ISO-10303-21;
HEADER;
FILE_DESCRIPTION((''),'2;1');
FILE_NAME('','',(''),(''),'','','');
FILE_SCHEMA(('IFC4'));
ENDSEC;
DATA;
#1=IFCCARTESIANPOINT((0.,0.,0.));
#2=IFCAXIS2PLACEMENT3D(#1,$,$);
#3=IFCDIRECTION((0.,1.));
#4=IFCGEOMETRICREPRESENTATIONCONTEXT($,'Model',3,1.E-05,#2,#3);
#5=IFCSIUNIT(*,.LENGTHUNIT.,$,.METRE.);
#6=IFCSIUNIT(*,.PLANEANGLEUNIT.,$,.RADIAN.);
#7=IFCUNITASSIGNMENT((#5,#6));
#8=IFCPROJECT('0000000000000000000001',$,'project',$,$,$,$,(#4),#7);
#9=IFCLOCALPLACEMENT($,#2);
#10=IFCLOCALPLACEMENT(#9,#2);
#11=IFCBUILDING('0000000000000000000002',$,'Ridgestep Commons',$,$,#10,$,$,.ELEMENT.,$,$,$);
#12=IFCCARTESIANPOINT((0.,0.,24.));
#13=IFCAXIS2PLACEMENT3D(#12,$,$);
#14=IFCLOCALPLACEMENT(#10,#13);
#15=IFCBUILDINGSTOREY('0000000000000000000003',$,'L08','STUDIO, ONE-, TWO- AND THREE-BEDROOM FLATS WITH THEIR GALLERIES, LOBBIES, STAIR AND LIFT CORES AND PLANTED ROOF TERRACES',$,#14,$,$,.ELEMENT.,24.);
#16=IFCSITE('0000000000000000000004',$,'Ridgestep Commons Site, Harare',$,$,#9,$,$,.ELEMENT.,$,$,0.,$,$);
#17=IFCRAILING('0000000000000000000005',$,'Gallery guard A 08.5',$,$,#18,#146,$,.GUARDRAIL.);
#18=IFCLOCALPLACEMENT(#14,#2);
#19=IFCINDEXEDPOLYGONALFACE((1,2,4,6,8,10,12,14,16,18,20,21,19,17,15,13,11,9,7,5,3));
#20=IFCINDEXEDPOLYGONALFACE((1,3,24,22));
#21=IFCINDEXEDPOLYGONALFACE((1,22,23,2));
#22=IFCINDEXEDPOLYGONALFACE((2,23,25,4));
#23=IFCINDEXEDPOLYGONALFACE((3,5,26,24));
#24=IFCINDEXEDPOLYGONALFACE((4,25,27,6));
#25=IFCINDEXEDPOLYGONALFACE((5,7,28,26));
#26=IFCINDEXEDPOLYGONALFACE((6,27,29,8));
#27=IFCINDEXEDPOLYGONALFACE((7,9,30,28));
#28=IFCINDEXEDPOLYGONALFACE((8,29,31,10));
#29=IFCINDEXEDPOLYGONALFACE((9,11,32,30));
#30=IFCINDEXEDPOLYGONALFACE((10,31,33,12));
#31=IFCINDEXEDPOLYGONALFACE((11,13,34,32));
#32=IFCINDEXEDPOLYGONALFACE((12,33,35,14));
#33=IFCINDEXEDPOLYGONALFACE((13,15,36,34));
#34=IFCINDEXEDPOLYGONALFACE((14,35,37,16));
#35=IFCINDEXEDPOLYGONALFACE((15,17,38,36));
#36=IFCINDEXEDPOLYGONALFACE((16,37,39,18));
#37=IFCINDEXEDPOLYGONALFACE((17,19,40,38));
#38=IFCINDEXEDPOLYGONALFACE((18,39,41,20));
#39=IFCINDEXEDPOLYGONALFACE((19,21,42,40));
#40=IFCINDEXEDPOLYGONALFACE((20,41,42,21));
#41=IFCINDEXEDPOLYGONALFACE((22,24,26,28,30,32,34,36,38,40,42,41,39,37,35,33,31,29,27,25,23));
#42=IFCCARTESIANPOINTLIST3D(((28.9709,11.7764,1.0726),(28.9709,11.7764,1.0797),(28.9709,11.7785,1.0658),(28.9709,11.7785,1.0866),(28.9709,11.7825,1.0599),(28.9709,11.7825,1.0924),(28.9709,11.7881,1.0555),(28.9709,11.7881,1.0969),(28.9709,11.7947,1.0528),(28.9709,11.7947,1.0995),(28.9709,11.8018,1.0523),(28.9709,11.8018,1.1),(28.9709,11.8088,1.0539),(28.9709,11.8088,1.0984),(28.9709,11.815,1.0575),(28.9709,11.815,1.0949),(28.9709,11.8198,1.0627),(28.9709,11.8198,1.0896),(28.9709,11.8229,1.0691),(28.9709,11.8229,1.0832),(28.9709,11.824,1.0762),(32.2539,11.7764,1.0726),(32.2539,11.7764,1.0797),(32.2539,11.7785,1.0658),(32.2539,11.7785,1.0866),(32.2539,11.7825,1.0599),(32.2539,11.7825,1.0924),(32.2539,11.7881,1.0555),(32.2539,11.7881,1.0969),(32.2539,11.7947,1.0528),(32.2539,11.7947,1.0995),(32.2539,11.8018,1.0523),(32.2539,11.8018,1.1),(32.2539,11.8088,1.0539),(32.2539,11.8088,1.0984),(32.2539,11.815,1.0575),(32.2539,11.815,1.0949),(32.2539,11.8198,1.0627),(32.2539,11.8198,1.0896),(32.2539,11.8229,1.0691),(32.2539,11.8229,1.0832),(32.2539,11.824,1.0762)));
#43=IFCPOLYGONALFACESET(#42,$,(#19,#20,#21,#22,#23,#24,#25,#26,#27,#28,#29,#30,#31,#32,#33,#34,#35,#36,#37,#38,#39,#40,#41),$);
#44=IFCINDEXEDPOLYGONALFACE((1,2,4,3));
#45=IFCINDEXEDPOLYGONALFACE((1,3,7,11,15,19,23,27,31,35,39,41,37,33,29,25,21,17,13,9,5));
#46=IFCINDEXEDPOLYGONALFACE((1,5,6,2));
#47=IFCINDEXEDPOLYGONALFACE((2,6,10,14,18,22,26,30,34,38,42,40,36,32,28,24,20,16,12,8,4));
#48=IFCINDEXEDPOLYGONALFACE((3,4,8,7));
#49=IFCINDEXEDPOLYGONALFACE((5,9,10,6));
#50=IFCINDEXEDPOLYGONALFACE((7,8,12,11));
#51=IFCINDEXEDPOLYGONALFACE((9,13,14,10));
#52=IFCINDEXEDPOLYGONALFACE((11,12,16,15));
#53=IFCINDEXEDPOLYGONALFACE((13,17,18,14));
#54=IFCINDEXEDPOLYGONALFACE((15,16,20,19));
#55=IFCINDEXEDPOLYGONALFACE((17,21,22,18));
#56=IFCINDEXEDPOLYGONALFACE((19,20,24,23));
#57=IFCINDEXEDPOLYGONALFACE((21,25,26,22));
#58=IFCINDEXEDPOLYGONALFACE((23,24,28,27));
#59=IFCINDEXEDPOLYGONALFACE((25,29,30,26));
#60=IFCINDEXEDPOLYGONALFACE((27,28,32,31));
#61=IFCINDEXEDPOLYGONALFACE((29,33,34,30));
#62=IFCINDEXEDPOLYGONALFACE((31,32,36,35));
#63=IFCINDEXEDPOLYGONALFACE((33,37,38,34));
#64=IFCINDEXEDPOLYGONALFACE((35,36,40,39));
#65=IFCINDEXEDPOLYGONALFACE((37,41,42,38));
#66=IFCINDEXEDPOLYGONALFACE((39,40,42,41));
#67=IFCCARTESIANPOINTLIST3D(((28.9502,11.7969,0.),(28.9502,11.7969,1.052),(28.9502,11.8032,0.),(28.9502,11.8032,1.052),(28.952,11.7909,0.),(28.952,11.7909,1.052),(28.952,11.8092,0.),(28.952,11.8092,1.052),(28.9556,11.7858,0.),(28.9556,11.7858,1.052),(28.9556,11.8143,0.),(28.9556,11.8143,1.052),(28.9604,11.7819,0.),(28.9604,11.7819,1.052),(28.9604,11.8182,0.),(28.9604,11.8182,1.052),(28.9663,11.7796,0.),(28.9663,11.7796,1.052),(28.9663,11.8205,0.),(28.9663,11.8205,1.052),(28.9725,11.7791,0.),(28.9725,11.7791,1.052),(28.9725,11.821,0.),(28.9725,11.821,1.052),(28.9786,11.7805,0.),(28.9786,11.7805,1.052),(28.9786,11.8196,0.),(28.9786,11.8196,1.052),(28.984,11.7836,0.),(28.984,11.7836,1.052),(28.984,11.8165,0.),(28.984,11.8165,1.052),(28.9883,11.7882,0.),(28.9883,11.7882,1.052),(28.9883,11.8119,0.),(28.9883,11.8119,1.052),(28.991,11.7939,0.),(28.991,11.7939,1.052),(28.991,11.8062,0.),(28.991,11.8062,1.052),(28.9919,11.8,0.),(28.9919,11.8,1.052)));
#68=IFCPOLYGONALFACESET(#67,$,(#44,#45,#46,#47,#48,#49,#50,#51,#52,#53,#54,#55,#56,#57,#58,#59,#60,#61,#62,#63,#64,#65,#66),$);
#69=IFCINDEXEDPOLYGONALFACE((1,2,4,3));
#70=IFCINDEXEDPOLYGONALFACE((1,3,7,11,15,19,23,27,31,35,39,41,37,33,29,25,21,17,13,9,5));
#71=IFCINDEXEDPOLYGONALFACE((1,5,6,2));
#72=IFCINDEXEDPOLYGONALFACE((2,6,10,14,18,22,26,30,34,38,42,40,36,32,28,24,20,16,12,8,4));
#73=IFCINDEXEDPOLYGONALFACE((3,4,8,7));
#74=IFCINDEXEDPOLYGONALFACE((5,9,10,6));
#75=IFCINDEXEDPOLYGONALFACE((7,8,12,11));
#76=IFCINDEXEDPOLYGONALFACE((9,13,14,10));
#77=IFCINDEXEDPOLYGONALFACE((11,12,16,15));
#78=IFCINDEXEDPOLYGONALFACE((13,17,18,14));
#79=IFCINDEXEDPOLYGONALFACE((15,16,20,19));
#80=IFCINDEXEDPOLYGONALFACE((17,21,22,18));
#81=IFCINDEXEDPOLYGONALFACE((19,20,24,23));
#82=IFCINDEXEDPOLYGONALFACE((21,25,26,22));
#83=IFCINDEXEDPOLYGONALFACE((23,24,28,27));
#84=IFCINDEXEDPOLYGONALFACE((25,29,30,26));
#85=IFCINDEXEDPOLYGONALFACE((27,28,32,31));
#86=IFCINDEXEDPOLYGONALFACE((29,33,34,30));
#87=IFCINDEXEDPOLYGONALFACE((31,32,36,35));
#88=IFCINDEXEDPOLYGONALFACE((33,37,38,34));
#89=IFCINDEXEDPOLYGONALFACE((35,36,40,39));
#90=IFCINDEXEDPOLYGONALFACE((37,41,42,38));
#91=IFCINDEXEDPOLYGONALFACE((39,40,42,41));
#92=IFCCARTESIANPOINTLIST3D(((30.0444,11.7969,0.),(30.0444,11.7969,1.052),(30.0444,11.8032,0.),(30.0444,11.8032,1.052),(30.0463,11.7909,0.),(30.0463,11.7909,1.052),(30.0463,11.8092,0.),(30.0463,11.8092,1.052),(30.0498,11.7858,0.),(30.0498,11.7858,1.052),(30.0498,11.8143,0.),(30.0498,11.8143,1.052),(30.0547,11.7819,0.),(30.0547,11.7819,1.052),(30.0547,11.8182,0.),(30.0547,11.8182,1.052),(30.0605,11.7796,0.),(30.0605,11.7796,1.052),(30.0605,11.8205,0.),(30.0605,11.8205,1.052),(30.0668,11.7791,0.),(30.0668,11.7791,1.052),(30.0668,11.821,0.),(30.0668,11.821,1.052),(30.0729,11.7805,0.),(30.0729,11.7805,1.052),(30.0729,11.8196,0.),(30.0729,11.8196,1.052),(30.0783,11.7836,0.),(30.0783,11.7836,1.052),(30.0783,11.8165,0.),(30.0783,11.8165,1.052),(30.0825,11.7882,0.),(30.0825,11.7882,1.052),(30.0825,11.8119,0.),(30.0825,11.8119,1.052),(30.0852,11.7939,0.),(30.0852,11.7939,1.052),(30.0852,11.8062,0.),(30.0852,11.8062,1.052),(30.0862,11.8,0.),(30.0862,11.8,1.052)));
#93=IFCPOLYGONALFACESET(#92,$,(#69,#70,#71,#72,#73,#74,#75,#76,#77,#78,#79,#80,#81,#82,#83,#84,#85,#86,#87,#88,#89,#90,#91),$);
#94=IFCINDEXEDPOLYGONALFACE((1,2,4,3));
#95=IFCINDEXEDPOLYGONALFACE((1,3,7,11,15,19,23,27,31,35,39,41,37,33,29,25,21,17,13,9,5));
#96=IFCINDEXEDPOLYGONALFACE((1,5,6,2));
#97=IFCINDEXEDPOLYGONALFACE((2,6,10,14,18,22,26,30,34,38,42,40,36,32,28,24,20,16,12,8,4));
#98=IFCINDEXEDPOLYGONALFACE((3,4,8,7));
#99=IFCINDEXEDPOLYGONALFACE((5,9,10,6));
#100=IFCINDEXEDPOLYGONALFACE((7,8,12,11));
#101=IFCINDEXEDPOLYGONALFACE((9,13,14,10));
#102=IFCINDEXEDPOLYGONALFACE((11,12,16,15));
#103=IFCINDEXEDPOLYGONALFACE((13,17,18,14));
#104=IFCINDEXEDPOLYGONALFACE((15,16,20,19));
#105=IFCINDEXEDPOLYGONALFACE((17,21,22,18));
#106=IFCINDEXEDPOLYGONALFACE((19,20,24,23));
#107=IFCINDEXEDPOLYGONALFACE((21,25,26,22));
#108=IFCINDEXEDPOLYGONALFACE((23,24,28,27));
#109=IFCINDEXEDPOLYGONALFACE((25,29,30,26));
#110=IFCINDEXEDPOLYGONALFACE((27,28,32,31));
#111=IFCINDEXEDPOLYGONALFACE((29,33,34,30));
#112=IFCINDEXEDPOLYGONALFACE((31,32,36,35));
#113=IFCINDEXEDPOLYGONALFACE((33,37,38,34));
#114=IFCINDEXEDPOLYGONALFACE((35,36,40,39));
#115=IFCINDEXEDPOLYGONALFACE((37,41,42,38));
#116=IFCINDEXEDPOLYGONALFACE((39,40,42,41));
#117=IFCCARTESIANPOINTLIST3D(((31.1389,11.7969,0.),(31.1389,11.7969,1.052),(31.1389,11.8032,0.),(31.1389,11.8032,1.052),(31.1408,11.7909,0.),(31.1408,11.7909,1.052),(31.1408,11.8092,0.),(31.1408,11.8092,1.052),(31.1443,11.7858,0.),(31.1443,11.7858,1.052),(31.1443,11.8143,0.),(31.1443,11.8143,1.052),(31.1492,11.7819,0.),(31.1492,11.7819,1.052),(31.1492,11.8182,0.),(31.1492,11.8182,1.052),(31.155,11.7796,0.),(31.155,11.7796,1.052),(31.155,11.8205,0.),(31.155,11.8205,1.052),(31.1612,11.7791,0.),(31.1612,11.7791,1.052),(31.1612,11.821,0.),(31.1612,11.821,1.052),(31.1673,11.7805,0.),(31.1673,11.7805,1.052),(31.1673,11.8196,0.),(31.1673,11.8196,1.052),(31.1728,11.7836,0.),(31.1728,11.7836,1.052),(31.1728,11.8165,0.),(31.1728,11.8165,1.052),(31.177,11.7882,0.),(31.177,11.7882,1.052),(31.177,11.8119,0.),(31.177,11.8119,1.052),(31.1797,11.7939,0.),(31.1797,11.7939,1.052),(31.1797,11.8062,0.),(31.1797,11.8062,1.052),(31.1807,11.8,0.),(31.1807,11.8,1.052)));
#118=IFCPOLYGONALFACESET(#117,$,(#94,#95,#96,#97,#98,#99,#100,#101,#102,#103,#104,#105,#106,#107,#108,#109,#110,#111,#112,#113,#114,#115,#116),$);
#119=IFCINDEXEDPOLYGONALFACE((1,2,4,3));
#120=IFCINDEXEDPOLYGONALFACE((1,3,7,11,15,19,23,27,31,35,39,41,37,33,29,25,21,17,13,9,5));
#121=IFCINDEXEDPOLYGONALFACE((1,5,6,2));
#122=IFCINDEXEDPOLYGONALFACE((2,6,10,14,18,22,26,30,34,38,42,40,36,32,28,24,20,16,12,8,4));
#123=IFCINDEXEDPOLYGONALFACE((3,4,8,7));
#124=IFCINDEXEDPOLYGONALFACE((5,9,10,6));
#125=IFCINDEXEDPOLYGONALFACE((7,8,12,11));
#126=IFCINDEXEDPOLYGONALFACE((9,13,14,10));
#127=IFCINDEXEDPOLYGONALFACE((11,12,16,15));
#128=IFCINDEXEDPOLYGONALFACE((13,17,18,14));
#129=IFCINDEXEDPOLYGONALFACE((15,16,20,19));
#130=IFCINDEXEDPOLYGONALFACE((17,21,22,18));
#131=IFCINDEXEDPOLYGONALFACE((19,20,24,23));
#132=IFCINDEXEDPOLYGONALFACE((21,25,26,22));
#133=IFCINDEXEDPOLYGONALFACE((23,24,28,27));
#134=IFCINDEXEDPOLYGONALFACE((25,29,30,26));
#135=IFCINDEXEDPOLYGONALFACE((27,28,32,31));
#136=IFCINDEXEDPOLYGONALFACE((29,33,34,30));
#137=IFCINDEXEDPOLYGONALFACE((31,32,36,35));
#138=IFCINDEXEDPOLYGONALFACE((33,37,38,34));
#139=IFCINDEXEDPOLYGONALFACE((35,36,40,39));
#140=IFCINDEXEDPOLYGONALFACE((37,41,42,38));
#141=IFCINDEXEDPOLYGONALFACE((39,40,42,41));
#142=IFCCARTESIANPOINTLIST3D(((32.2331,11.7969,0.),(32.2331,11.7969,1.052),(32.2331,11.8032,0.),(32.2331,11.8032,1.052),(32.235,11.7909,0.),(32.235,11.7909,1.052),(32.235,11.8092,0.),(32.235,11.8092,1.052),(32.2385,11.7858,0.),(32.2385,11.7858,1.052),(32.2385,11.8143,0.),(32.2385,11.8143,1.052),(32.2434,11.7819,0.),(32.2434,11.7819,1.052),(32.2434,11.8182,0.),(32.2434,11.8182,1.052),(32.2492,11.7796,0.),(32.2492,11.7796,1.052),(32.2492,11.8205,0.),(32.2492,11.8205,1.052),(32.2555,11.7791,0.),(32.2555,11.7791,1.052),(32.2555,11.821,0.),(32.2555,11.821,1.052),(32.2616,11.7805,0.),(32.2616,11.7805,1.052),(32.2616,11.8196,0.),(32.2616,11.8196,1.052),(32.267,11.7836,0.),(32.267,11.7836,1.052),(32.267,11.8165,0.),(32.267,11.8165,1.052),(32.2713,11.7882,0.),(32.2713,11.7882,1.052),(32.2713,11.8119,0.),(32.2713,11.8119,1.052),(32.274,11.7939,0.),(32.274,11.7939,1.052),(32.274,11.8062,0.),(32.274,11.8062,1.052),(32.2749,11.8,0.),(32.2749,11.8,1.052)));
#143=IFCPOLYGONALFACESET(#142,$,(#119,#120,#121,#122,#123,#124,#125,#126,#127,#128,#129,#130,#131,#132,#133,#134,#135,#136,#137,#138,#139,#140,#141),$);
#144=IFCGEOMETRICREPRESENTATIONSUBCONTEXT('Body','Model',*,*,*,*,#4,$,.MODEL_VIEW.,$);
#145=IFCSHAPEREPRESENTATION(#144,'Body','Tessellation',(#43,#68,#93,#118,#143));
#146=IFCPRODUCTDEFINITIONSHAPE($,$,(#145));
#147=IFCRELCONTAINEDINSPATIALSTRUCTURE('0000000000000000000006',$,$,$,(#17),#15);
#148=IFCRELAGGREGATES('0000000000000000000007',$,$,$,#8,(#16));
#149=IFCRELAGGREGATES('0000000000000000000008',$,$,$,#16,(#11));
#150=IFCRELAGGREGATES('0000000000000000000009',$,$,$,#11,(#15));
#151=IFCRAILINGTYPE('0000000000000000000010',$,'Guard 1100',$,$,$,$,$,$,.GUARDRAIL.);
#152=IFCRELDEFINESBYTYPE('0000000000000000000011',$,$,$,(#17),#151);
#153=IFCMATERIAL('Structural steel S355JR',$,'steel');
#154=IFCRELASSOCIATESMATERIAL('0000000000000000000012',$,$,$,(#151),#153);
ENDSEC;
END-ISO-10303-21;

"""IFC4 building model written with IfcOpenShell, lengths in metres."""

from ifc_helpers import new_model, si_unit, direction, frame, origin, origin_2d, place, context, subcontext, project, spatial, circle, extrude, material, type_object, element, save


model = new_model("IFC4")

# Units and contexts
model_context = context("Model", 3, precision=1e-05, world=origin(), true_north=direction((0.0, 1.0)))
body_context = subcontext(model_context, "Body", "Model", "MODEL_VIEW")
ifc_project = project(units=[si_unit("LENGTHUNIT", "METRE"), si_unit("PLANEANGLEUNIT", "RADIAN")], contexts=[model_context])

# Site, building, storey
site_placement = place(None, origin())
site = spatial("IfcSite", under=ifc_project, at=site_placement, Name="Ridgestep Commons Site, Harare", CompositionType="ELEMENT", RefElevation=0.0)
building_placement = place(site_placement, origin())
building = spatial("IfcBuilding", under=site, at=building_placement, Name="Ridgestep Commons", CompositionType="ELEMENT")
storey_placement = place(building_placement, frame((0.0, 0.0, 24.0)))
storey = spatial("IfcBuildingStorey", under=building, at=storey_placement, Name="L08", Description="STUDIO, ONE-, TWO- AND THREE-BEDROOM FLATS WITH THEIR GALLERIES, LOBBIES, STAIR AND LIFT CORES AND PLANTED ROOF TERRACES", CompositionType="ELEMENT", Elevation=24.0)

# Railing
ifc_material_1 = material(Name="Structural steel S355JR", Category="steel")
railing_type_1 = type_object("IfcRailingType", Name="Guard 1100", PredefinedType="GUARDRAIL", material=ifc_material_1)
railing_1_placement = place(storey_placement, frame((28.9709, 11.8, 0.0)))
element("IfcRailing", 1, at=railing_1_placement, inside=storey, type_object=railing_type_1, Name="Gallery guard A 08.5", PredefinedType="GUARDRAIL", context=body_context, shape_type="SweptSolid", body=[
    extrude(circle(Radius=0.0239, at=origin_2d()), frame((0.0, 0.0, 1.0762), z_axis=(1.0, 0.0, 0.0), x_axis=(0.0, 1.0, 0.0)), (0.0, 0.0, 1.0), 3.283),
    extrude(circle(Radius=0.021, at=origin_2d()), origin(), (0.0, 0.0, 1.0), 1.052),
    extrude(circle(Radius=0.021, at=origin_2d()), frame((1.0942, 0.0, 0.0)), (0.0, 0.0, 1.0), 1.052),
    extrude(circle(Radius=0.021, at=origin_2d()), frame((2.1887, 0.0, 0.0)), (0.0, 0.0, 1.0), 1.052),
    extrude(circle(Radius=0.021, at=origin_2d()), frame((3.283, 0.0, 0.0)), (0.0, 0.0, 1.0), 1.052),
])

save(model, "model.ifc")
